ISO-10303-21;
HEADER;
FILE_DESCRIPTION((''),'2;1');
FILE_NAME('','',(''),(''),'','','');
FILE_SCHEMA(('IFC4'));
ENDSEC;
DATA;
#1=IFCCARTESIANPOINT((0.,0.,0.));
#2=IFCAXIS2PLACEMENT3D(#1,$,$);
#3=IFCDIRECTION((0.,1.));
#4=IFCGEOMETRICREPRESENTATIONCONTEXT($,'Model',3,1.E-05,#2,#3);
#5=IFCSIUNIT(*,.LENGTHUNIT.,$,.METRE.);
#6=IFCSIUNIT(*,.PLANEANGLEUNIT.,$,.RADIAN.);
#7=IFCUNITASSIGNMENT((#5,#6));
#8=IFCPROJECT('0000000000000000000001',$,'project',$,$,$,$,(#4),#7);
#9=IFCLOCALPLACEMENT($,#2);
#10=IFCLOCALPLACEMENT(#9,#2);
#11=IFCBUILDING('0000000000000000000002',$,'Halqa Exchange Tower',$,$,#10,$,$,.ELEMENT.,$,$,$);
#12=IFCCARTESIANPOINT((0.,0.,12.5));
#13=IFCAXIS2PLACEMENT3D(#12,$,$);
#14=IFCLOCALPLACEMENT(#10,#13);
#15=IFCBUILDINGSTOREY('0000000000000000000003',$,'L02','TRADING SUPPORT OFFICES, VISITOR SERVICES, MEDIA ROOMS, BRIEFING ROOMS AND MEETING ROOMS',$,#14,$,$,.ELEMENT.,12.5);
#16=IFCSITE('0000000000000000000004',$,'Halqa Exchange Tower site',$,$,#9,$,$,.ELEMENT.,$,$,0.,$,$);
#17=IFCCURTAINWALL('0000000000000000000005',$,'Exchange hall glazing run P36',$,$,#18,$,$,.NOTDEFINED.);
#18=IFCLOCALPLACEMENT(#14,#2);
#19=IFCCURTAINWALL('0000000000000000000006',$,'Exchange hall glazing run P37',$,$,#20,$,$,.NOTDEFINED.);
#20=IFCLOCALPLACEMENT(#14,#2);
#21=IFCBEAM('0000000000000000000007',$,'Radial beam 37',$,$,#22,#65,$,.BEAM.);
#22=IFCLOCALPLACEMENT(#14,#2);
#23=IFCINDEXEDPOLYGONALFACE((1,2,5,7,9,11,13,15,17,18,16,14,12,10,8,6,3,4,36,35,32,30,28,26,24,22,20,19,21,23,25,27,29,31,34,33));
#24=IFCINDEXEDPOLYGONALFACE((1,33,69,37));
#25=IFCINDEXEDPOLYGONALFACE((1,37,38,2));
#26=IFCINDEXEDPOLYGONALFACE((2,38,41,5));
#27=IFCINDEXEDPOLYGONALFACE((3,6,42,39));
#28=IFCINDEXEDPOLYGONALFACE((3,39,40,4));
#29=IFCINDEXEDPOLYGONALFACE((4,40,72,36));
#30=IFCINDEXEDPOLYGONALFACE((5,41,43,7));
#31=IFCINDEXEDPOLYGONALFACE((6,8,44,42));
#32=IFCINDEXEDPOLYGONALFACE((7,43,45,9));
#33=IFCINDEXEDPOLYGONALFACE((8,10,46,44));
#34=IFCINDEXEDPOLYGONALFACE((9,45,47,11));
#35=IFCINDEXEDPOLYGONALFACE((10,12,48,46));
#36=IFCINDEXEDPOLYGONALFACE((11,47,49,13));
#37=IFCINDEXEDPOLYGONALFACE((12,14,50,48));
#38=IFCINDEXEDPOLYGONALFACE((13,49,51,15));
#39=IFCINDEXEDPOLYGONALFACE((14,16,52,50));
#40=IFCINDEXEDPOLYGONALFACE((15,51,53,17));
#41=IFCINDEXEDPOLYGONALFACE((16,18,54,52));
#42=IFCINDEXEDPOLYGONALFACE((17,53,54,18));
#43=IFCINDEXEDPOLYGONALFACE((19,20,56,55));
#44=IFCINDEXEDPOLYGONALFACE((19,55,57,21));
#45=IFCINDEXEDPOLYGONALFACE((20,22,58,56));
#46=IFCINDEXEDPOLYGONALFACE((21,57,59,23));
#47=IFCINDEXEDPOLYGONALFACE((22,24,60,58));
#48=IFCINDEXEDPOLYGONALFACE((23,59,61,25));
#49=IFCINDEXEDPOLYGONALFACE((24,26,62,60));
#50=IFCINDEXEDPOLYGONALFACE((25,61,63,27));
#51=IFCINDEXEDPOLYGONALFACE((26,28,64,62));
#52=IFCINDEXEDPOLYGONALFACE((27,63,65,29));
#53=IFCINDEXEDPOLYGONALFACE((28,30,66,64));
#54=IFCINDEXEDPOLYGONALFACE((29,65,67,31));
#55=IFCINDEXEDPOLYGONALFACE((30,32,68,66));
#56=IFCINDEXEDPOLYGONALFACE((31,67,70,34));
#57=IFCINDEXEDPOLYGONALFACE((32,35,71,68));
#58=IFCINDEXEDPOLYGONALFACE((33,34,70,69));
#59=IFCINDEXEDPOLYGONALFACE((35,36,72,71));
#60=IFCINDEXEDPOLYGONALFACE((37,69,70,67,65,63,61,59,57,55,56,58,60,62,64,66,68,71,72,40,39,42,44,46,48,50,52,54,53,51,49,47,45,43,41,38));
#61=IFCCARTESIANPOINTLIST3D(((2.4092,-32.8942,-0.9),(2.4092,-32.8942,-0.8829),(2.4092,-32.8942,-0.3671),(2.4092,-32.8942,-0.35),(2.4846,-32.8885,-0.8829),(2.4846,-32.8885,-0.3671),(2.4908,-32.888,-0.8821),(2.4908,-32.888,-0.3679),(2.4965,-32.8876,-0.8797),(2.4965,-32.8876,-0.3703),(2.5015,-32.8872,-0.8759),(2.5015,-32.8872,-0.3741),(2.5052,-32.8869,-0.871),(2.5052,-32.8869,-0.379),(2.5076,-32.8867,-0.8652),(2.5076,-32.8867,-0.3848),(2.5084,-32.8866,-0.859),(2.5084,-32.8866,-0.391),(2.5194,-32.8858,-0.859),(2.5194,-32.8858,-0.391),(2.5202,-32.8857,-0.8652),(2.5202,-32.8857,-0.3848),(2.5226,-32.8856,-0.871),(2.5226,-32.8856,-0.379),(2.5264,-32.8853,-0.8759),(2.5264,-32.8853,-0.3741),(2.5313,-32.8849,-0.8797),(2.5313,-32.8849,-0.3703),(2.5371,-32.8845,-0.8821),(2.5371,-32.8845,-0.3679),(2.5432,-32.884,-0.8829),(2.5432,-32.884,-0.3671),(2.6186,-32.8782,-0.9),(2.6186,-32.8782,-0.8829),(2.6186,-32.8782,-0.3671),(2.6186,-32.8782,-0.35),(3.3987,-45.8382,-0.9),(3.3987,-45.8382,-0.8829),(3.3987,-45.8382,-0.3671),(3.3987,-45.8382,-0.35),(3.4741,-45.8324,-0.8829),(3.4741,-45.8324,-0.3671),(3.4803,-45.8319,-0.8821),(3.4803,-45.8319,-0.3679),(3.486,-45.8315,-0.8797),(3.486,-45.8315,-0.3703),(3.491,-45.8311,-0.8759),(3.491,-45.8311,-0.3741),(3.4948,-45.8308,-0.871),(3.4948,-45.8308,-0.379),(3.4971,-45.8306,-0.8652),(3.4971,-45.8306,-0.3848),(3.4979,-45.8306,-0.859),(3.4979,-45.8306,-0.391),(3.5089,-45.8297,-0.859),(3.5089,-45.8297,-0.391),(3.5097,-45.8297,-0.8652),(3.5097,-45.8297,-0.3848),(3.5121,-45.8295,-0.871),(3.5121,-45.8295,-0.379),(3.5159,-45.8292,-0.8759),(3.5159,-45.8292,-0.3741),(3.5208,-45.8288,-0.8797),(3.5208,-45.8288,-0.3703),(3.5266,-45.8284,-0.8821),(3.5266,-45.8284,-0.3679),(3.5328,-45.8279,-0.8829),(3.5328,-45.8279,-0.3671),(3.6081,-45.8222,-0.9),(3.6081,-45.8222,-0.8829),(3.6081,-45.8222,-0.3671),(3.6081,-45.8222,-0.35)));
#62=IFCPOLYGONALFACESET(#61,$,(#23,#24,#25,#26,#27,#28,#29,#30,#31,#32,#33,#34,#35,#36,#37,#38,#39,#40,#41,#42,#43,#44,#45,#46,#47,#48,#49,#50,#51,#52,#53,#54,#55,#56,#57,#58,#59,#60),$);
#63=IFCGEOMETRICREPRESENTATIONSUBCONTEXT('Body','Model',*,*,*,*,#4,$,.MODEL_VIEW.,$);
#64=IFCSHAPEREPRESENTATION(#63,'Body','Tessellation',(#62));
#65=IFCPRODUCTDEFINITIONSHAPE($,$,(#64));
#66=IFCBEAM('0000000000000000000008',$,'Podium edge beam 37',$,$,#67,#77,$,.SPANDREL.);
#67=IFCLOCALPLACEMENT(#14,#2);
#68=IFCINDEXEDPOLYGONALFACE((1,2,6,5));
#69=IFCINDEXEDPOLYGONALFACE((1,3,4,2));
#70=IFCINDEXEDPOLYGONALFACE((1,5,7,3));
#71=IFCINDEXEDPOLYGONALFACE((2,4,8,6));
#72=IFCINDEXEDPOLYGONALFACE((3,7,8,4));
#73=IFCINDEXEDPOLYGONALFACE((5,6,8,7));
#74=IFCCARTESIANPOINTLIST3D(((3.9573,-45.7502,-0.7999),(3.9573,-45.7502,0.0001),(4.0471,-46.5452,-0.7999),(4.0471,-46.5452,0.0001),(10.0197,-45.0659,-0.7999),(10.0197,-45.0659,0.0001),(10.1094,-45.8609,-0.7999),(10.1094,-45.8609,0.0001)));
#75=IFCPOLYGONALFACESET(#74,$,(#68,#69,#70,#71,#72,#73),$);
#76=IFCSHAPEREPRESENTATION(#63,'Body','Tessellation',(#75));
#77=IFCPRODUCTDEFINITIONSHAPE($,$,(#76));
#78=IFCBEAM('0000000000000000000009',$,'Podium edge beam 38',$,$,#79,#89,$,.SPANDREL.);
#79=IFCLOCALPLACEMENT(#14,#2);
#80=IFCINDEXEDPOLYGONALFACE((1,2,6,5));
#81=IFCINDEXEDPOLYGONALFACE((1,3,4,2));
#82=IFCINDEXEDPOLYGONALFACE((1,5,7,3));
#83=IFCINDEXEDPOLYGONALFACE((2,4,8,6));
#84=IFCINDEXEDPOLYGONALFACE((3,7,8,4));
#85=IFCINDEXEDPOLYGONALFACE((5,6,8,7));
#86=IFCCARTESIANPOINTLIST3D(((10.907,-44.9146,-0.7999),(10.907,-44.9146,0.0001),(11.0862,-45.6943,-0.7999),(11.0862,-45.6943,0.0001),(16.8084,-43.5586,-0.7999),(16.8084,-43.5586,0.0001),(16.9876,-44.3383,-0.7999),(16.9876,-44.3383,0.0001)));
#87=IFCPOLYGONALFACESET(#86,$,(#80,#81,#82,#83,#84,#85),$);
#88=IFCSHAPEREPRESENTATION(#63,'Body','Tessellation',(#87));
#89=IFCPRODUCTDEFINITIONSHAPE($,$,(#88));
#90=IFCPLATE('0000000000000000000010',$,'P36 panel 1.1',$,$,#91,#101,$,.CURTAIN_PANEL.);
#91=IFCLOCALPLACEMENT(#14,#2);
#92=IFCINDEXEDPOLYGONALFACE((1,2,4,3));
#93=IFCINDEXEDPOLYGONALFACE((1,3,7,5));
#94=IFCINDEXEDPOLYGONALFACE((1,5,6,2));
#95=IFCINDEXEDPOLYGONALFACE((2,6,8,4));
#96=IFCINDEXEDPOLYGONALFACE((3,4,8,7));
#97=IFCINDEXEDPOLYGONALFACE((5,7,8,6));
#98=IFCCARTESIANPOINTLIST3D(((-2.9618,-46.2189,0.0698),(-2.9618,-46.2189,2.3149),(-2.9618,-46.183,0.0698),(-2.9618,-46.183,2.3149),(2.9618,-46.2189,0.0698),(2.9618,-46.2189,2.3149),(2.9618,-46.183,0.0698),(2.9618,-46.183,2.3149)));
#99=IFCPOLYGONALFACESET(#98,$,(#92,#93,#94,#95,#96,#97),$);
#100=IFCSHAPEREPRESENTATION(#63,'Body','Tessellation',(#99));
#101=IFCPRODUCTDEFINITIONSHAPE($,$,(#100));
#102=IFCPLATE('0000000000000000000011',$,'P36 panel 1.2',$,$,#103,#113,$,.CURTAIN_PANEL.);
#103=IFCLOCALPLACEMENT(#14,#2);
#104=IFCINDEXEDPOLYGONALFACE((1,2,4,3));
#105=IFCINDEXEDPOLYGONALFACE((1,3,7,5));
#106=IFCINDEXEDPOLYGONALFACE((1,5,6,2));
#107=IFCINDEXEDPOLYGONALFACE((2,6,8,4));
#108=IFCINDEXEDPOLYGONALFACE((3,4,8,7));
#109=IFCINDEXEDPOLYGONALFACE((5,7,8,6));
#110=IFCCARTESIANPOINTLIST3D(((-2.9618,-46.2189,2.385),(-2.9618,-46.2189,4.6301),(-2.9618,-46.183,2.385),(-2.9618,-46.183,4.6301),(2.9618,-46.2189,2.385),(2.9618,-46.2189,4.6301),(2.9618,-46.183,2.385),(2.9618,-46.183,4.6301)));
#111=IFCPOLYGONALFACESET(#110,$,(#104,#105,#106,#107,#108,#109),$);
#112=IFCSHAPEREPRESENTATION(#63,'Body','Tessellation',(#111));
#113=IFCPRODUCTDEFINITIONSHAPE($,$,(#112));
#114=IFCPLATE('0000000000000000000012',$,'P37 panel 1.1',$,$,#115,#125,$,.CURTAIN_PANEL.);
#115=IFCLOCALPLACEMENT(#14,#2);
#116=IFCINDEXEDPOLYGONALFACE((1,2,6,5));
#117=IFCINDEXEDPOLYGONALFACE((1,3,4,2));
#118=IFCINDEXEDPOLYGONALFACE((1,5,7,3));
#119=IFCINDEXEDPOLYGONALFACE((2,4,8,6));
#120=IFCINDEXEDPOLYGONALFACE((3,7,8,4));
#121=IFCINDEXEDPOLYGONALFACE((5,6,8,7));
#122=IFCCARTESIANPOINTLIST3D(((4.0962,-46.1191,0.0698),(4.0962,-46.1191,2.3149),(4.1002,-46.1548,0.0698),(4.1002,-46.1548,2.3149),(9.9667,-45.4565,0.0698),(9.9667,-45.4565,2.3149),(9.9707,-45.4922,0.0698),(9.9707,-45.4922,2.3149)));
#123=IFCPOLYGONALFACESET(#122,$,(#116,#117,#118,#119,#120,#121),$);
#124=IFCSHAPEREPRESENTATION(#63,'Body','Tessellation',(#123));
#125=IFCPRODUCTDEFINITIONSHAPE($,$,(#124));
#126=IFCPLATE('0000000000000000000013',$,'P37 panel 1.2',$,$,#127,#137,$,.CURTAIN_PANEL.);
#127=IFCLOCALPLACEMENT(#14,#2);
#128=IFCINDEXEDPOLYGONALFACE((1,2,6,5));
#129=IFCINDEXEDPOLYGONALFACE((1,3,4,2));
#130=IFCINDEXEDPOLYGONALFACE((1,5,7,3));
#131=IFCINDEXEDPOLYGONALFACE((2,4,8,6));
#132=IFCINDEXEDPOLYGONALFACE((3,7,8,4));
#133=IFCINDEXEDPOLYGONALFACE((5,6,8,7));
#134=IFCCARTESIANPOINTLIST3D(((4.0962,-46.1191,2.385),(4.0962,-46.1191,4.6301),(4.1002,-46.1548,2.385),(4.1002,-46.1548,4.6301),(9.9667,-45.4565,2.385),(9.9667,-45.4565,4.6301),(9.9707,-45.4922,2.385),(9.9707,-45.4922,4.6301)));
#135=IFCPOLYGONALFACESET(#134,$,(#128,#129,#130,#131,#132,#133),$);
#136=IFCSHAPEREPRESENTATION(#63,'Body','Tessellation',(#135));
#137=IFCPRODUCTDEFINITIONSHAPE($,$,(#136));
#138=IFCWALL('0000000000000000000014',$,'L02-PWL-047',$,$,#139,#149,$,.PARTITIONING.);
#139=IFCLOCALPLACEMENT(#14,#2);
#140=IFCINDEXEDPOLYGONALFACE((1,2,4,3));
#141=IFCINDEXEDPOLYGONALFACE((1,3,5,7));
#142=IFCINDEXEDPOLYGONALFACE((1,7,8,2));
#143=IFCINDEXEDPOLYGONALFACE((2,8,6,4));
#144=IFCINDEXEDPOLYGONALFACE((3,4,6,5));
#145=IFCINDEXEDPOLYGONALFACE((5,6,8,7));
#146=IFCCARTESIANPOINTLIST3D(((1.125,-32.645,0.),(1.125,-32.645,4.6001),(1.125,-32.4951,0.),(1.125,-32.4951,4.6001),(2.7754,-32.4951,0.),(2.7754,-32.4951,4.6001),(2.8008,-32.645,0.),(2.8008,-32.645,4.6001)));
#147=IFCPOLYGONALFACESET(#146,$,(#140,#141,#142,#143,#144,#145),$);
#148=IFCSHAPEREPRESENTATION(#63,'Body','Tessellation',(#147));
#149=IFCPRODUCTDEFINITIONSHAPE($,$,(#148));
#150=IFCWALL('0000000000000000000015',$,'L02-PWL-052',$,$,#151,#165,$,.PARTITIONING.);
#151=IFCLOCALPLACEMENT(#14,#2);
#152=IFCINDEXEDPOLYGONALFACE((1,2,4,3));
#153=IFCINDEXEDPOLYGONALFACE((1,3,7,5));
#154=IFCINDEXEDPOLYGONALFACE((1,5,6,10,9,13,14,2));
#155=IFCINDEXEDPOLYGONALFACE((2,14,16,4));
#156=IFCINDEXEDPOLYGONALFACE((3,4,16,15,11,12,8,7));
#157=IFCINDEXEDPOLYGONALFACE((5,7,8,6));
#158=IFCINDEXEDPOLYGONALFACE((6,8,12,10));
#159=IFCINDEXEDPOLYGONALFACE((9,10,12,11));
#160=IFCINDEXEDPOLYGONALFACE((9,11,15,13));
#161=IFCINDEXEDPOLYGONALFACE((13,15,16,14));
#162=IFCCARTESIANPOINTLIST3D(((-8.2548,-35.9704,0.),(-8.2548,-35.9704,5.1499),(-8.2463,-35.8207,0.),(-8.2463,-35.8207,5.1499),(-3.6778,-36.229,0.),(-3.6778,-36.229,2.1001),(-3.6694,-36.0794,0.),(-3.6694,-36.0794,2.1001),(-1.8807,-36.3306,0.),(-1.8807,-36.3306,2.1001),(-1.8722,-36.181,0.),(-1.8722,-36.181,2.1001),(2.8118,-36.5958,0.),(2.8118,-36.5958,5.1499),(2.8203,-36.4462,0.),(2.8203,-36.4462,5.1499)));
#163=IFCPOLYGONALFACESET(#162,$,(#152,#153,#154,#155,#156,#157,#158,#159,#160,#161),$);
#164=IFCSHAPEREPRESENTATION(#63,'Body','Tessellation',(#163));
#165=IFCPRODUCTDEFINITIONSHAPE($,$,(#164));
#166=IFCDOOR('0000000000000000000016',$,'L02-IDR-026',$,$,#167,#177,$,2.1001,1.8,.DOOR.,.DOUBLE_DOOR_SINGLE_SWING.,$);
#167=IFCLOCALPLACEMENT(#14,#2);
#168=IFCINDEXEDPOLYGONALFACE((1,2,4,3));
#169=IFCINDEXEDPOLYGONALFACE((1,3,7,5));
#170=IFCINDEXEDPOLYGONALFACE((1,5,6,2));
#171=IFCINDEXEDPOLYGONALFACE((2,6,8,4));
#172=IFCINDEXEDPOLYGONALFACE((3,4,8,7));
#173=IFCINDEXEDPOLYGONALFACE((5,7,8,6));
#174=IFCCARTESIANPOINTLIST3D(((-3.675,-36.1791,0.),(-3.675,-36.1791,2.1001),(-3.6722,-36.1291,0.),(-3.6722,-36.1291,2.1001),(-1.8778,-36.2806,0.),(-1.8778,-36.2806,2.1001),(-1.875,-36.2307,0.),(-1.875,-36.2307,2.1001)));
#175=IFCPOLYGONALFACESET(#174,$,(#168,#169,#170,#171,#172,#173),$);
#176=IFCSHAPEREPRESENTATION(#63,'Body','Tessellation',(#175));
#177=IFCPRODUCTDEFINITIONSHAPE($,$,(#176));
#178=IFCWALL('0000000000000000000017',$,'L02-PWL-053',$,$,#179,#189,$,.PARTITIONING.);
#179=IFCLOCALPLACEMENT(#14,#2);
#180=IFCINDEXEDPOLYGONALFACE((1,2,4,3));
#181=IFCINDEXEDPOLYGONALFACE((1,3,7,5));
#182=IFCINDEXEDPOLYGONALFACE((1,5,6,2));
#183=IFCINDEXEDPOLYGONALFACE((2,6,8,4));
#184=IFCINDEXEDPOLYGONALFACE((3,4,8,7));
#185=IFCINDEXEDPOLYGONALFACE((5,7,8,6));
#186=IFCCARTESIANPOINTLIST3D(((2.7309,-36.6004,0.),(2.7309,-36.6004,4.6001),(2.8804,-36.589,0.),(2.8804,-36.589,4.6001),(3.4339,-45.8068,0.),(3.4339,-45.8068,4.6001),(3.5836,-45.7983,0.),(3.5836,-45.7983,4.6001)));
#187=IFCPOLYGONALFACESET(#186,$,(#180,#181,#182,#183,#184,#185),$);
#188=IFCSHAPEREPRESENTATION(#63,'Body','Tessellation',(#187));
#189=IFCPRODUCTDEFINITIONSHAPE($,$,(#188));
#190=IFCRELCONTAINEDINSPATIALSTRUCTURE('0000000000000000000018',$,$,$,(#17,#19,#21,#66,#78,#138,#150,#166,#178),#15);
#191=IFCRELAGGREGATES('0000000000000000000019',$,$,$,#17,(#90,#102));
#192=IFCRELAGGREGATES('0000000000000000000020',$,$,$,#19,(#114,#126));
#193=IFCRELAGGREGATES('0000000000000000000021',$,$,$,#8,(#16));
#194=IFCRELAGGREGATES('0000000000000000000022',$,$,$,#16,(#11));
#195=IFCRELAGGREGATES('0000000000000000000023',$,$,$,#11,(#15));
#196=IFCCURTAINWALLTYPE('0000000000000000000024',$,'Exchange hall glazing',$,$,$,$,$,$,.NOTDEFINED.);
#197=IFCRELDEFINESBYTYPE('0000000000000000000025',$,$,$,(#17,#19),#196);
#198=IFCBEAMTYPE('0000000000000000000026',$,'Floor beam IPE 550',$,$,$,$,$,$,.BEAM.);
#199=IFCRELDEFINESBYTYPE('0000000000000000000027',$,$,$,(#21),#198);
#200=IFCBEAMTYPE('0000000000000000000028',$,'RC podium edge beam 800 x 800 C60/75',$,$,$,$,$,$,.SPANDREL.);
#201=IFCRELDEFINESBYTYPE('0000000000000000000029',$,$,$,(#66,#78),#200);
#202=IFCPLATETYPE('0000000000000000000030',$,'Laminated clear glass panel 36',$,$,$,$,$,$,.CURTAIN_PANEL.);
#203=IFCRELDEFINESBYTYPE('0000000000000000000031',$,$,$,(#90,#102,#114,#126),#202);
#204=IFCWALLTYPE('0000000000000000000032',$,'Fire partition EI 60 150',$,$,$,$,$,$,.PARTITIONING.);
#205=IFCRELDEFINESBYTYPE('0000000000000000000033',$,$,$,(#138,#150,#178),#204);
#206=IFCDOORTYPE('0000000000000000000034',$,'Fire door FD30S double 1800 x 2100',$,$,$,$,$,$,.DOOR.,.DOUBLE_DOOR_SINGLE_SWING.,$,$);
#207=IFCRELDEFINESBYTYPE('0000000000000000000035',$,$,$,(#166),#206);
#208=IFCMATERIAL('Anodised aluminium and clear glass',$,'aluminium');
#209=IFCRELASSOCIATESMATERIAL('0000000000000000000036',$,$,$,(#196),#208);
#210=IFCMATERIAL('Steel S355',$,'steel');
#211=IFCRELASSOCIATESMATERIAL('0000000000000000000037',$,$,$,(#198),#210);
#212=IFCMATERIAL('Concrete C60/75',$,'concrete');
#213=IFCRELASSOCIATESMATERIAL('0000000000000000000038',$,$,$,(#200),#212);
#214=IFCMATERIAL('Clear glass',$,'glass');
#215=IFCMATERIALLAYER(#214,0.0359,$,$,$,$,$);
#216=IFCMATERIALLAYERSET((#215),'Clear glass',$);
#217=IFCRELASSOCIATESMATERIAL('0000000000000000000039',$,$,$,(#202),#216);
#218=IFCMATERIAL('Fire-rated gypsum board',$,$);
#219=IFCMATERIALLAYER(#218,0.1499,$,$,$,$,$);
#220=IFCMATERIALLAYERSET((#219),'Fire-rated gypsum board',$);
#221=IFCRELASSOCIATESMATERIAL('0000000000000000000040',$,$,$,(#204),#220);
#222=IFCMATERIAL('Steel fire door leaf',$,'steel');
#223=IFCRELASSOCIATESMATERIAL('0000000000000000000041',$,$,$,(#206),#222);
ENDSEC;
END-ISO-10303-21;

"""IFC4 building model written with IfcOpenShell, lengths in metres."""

from ifc_helpers import new_model, si_unit, direction, frame, frame_2d, origin, origin_2d, place, context, subcontext, project, spatial, polyline, rectangle, i_section, outline, extrude, material, layer, layer_set, material_profile, profile_set, type_object, element, fill, aggregate, save


model = new_model("IFC4")

# Units and contexts
model_context = context("Model", 3, precision=1e-05, world=origin(), true_north=direction((0.0, 1.0)))
body_context = subcontext(model_context, "Body", "Model", "MODEL_VIEW")
ifc_project = project(units=[si_unit("LENGTHUNIT", "METRE"), si_unit("PLANEANGLEUNIT", "RADIAN")], contexts=[model_context])

# Site, building, storey
site_placement = place(None, origin())
site = spatial("IfcSite", under=ifc_project, at=site_placement, Name="Halqa Exchange Tower site", CompositionType="ELEMENT", RefElevation=0.0)
building_placement = place(site_placement, origin())
building = spatial("IfcBuilding", under=site, at=building_placement, Name="Halqa Exchange Tower", CompositionType="ELEMENT")
storey_placement = place(building_placement, frame((0.0, 0.0, 12.5)))
storey = spatial("IfcBuildingStorey", under=building, at=storey_placement, Name="L02", Description="TRADING SUPPORT OFFICES, VISITOR SERVICES, MEDIA ROOMS, BRIEFING ROOMS AND MEETING ROOMS", CompositionType="ELEMENT", Elevation=12.5)

# Shared definitions
ifc_material_1 = material(Name="Concrete C60/75", Category="concrete")

# Curtain wall
ifc_material_2 = material(Name="Anodised aluminium and clear glass", Category="aluminium")
curtain_wall_type = type_object("IfcCurtainWallType", Name="Exchange hall glazing", PredefinedType="NOTDEFINED", material=ifc_material_2)
curtain_wall_1_placement = place(storey_placement, origin())
curtain_wall_1 = element("IfcCurtainWall", 1, at=curtain_wall_1_placement, inside=storey, type_object=curtain_wall_type, Name="Exchange hall glazing run P36", PredefinedType="NOTDEFINED")

# Curtain wall
curtain_wall_2_placement = place(storey_placement, origin())
curtain_wall_2 = element("IfcCurtainWall", 2, at=curtain_wall_2_placement, inside=storey, type_object=curtain_wall_type, Name="Exchange hall glazing run P37", PredefinedType="NOTDEFINED")

# Beams
ifc_material_3 = material(Name="Steel S355", Category="steel")
ifc_material_profile_1 = material_profile(ifc_material_3, i_section(OverallWidth=0.21, OverallDepth=0.55, WebThickness=0.011, FlangeThickness=0.0171, FilletRadius=0.0239, at=origin_2d()), Name="IPE 550")
ifc_profile_set_1 = profile_set([ifc_material_profile_1], Name="Steel S355")
beam_type_1 = type_object("IfcBeamType", Name="Floor beam IPE 550", PredefinedType="BEAM", material=ifc_profile_set_1)
beam_1_placement = place(storey_placement, frame((2.5139, -32.8862, -0.625), z_axis=(0.076223, -0.997091, 0.0), x_axis=(0.997091, 0.076223, 0.0)))
element("IfcBeam", 3, at=beam_1_placement, inside=storey, type_object=beam_type_1, Name="Radial beam 37", PredefinedType="BEAM", context=body_context, shape_type="SweptSolid", body=[
    extrude(i_section(OverallWidth=0.21, OverallDepth=0.55, WebThickness=0.011, FlangeThickness=0.0171, FilletRadius=0.0239, at=origin_2d()), origin(), (0.0, 0.0, 1.0), 12.9817),
])
ifc_material_profile_2 = material_profile(ifc_material_1, rectangle(XDim=0.8, YDim=0.8, at=origin_2d()), Name="800 x 800")
ifc_profile_set_2 = profile_set([ifc_material_profile_2], Name="Concrete C60/75")
beam_type_2 = type_object("IfcBeamType", Name="RC podium edge beam 800 x 800 C60/75", PredefinedType="SPANDREL", material=ifc_profile_set_2)
beam_2_placement = place(storey_placement, frame((4.0022, -46.1477, -0.3999), z_axis=(0.993689, 0.112171, 0.0), x_axis=(-0.112171, 0.993689, 0.0)))
element("IfcBeam", 4, at=beam_2_placement, inside=storey, type_object=beam_type_2, Name="Podium edge beam 37", PredefinedType="SPANDREL", context=body_context, shape_type="SweptSolid", body=[
    extrude(rectangle(XDim=0.8, YDim=0.8, at=origin_2d()), origin(), (0.0, 0.0, 1.0), 6.1008),
])
beam_3_placement = place(storey_placement, frame((10.9966, -45.3044, -0.3999), z_axis=(0.974604, 0.223935, 0.0), x_axis=(-0.223935, 0.974604, 0.0)))
element("IfcBeam", 5, at=beam_3_placement, inside=storey, type_object=beam_type_2, Name="Podium edge beam 38", PredefinedType="SPANDREL", context=body_context, shape_type="SweptSolid", body=[
    extrude(rectangle(XDim=0.8, YDim=0.8, at=origin_2d()), origin(), (0.0, 0.0, 1.0), 6.0552),
])

# Plates
ifc_material_4 = material(Name="Clear glass", Category="glass")
ifc_layer_1 = layer(ifc_material_4, 0.0359)
ifc_layer_set_1 = layer_set([ifc_layer_1], Name="Clear glass")
plate_type = type_object("IfcPlateType", Name="Laminated clear glass panel 36", PredefinedType="CURTAIN_PANEL", material=ifc_layer_set_1)
plate_1_placement = place(storey_placement, frame((0.0, -46.2009, 0.0698), z_axis=(0.0, 0.0, 1.0), x_axis=(1.0, 0.0, 0.0)))
plate_1 = element("IfcPlate", 6, at=plate_1_placement, type_object=plate_type, Name="P36 panel 1.1", PredefinedType="CURTAIN_PANEL", context=body_context, shape_type="SweptSolid", body=[
    extrude(rectangle(XDim=5.9236, YDim=0.0359, at=origin_2d()), origin(), (0.0, 0.0, 1.0), 2.2451),
])
plate_2_placement = place(storey_placement, frame((0.0, -46.2009, 2.385), z_axis=(0.0, 0.0, 1.0), x_axis=(1.0, 0.0, 0.0)))
plate_2 = element("IfcPlate", 7, at=plate_2_placement, type_object=plate_type, Name="P36 panel 1.2", PredefinedType="CURTAIN_PANEL", context=body_context, shape_type="SweptSolid", body=[
    extrude(rectangle(XDim=5.9236, YDim=0.0359, at=origin_2d()), origin(), (0.0, 0.0, 1.0), 2.2451),
])
aggregate(curtain_wall_1, [plate_1, plate_2])
plate_3_placement = place(storey_placement, frame((7.0334, -45.8057, 0.0698), z_axis=(0.0, 0.0, 1.0), x_axis=(0.99369, 0.112159, 0.0)))
plate_3 = element("IfcPlate", 8, at=plate_3_placement, type_object=plate_type, Name="P37 panel 1.1", PredefinedType="CURTAIN_PANEL", context=body_context, shape_type="SweptSolid", body=[
    extrude(rectangle(XDim=5.9077, YDim=0.0359, at=origin_2d()), origin(), (0.0, 0.0, 1.0), 2.2451),
])
plate_4_placement = place(storey_placement, frame((7.0334, -45.8057, 2.385), z_axis=(0.0, 0.0, 1.0), x_axis=(0.99369, 0.112159, 0.0)))
plate_4 = element("IfcPlate", 9, at=plate_4_placement, type_object=plate_type, Name="P37 panel 1.2", PredefinedType="CURTAIN_PANEL", context=body_context, shape_type="SweptSolid", body=[
    extrude(rectangle(XDim=5.9077, YDim=0.0359, at=origin_2d()), origin(), (0.0, 0.0, 1.0), 2.2451),
])
aggregate(curtain_wall_2, [plate_3, plate_4])

# Wall
ifc_material_5 = material(Name="Fire-rated gypsum board")
ifc_layer_2 = layer(ifc_material_5, 0.1499)
ifc_layer_set_2 = layer_set([ifc_layer_2], Name="Fire-rated gypsum board")
wall_type_1 = type_object("IfcWallType", Name="Fire partition EI 60 150", PredefinedType="PARTITIONING", material=ifc_layer_set_2)
wall_1_placement = place(storey_placement, frame((1.125, -32.5701, 0.0), z_axis=(0.0, 0.0, 1.0), x_axis=(1.0, 0.0, 0.0)))
element("IfcWall", 10, at=wall_1_placement, inside=storey, type_object=wall_type_1, Name="L02-PWL-047", PredefinedType="PARTITIONING", context=body_context, shape_type="SweptSolid", body=[
    extrude(outline(polyline([(0.0, -0.075), (1.6758, -0.075), (1.6504, 0.075), (0.0, 0.075), (0.0, -0.075)])), origin(), (0.0, 0.0, 1.0), 4.6001),
])

# Wall, opening, door
wall_2_placement = place(storey_placement, frame((2.8159, -36.521, 0.0), z_axis=(0.0, 0.0, 1.0), x_axis=(-0.998407, 0.05643, 0.0)))
wall_2 = element("IfcWall", 11, at=wall_2_placement, inside=storey, type_object=wall_type_1, Name="L02-PWL-052", PredefinedType="PARTITIONING", context=body_context, shape_type="SweptSolid", body=[
    extrude(rectangle(XDim=11.0842, YDim=0.1499, at=frame_2d((5.542, 0.0))), origin(), (0.0, 0.0, 1.0), 5.1499),
])
opening_placement = place(wall_2_placement, frame((4.7, 0.0, 0.0)))
opening = element("IfcOpeningElement", 12, at=opening_placement, cuts=wall_2, PredefinedType="OPENING", context=body_context, shape_type="SweptSolid", body=[
    extrude(rectangle(XDim=1.8, YDim=2.1001, at=frame_2d((0.8999, 1.05))), frame((0.0, 0.0869, 0.0), z_axis=(0.0, -1.0, 0.0), x_axis=(1.0, 0.0, 0.0)), (0.0, 0.0, 1.0), 0.1738),
])
ifc_material_6 = material(Name="Steel fire door leaf", Category="steel")
door_type = type_object("IfcDoorType", Name="Fire door FD30S double 1800 x 2100", OperationType="DOUBLE_DOOR_SINGLE_SWING", PredefinedType="DOOR", material=ifc_material_6)
door_placement = place(opening_placement, origin())
door = element("IfcDoor", 13, at=door_placement, inside=storey, type_object=door_type, Name="L02-IDR-026", OperationType="DOUBLE_DOOR_SINGLE_SWING", OverallHeight=2.1001, OverallWidth=1.8, PredefinedType="DOOR", context=body_context, shape_type="SweptSolid", body=[
    extrude(rectangle(XDim=1.8, YDim=2.1001, at=frame_2d((0.8999, 1.05))), frame((0.0, 0.0249, 0.0), z_axis=(0.0, -1.0, 0.0), x_axis=(1.0, 0.0, 0.0)), (0.0, 0.0, 1.0), 0.05),
])
fill(opening, door)

# Wall
wall_3_placement = place(storey_placement, frame((2.8057, -36.5947, 0.0), z_axis=(0.0, 0.0, 1.0), x_axis=(0.076141, -0.997097, 0.0)))
element("IfcWall", 14, at=wall_3_placement, inside=storey, type_object=wall_type_1, Name="L02-PWL-053", PredefinedType="PARTITIONING", context=body_context, shape_type="SweptSolid", body=[
    extrude(outline(polyline([(0.0, -0.075), (9.2332, -0.075), (9.2361, 0.075), (0.0, 0.075), (0.0, -0.075)])), origin(), (0.0, 0.0, 1.0), 4.6001),
])

save(model, "model.ifc")
